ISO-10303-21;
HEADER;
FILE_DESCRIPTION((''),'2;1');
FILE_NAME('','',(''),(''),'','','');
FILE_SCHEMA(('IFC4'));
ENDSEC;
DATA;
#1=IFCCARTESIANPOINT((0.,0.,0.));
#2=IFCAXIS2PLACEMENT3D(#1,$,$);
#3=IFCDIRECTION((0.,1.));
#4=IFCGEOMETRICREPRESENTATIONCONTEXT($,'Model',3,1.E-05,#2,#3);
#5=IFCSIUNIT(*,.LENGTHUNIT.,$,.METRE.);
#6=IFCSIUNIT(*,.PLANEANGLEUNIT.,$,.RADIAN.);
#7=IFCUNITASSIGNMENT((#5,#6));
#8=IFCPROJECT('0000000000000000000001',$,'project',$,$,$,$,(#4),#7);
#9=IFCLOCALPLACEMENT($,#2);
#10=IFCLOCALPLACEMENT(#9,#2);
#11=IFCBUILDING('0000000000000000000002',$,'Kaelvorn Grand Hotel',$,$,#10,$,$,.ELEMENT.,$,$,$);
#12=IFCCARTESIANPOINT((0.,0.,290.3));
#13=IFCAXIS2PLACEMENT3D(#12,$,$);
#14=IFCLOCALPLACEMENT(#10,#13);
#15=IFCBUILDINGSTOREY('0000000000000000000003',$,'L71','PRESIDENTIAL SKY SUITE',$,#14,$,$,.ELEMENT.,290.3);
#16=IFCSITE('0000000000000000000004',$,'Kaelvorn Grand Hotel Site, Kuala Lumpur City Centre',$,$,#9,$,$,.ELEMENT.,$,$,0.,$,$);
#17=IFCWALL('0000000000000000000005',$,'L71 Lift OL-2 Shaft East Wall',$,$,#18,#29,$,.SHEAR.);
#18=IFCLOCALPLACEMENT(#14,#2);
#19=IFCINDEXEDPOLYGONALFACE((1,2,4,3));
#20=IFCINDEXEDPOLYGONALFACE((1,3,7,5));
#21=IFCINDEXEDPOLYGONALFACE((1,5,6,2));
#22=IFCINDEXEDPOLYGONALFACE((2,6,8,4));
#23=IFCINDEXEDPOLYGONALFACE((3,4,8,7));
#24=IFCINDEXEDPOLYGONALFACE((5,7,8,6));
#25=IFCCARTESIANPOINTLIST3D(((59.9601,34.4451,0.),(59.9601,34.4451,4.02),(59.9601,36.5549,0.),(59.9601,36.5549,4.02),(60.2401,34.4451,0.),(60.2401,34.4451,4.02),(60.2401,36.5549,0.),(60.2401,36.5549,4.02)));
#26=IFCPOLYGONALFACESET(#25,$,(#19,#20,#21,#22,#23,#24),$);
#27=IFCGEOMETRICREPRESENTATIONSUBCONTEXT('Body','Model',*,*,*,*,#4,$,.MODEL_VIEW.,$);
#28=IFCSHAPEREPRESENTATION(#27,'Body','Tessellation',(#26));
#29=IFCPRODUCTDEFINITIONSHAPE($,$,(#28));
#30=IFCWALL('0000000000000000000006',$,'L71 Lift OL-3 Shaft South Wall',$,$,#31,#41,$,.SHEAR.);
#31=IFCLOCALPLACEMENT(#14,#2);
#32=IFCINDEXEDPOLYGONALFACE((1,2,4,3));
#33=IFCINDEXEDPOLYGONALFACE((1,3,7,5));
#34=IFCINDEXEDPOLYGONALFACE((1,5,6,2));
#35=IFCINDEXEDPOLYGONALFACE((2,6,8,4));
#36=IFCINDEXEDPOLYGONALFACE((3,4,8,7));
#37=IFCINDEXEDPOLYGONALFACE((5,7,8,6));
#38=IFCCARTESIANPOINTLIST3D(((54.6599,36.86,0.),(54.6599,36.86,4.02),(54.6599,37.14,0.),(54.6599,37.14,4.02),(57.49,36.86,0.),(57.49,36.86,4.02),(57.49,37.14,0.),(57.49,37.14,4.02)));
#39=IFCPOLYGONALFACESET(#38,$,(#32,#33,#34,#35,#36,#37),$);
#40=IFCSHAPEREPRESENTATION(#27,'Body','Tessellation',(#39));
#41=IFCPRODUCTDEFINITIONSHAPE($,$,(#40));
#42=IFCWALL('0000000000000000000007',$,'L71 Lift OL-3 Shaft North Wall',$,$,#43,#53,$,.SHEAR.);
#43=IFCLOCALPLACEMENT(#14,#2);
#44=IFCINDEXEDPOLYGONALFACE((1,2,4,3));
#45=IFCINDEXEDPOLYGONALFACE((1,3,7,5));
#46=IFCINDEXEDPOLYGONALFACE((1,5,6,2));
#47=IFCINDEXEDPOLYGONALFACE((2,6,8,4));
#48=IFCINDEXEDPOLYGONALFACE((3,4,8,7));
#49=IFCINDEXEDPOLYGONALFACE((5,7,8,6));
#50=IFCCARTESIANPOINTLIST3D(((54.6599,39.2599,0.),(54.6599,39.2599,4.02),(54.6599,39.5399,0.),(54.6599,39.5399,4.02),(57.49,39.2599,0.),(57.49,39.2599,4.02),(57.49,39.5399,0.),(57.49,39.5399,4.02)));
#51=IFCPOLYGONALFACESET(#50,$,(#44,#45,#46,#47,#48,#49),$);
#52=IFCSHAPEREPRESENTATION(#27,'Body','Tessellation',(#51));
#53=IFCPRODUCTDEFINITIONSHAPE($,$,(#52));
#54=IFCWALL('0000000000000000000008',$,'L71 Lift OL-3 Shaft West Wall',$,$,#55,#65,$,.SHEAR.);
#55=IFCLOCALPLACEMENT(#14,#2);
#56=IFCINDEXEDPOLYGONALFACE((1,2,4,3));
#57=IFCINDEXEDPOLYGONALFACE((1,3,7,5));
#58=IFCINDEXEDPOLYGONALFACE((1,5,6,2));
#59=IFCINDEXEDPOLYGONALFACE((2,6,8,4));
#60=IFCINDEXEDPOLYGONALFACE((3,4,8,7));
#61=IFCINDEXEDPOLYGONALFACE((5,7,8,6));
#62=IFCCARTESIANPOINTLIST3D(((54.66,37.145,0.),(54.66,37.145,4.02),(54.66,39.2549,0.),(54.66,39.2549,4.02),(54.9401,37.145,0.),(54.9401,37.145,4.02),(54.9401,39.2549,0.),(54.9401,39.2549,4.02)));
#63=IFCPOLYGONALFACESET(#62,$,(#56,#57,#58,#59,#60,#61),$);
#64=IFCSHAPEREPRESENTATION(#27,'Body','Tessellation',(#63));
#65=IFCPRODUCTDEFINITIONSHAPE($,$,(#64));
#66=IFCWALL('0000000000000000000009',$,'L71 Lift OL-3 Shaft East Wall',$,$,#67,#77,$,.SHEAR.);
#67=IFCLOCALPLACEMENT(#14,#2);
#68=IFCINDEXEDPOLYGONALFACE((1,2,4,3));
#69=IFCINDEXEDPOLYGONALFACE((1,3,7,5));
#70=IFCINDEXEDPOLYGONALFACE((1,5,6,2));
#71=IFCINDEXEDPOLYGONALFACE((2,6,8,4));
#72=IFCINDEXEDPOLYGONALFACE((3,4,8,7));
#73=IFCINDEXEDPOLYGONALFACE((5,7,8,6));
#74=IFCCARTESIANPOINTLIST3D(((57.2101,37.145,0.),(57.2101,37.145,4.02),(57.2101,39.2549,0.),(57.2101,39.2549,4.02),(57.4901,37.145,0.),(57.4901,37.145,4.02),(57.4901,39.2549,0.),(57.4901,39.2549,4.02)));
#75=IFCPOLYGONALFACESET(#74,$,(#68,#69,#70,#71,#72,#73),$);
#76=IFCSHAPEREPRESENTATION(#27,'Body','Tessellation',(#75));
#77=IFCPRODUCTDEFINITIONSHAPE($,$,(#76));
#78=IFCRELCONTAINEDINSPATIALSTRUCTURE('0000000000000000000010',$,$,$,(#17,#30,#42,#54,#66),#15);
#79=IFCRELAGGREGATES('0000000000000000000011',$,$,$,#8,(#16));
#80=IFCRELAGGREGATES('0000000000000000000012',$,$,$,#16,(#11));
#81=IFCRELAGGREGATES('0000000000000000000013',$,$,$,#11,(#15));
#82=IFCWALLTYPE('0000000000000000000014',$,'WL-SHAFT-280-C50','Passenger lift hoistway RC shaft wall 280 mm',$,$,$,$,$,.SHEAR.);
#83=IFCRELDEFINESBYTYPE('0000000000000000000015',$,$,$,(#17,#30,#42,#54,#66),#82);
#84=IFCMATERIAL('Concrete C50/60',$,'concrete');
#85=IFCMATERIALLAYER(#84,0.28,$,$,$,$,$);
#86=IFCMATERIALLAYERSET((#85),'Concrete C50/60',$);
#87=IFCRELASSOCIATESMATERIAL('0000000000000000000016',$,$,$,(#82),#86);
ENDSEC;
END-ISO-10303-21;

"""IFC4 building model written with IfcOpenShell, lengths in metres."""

from ifc_helpers import new_model, si_unit, direction, frame, frame_2d, origin, place, context, subcontext, project, spatial, rectangle, extrude, material, layer, layer_set, type_object, element, save


model = new_model("IFC4")

# Units and contexts
model_context = context("Model", 3, precision=1e-05, world=origin(), true_north=direction((0.0, 1.0)))
body_context = subcontext(model_context, "Body", "Model", "MODEL_VIEW")
ifc_project = project(units=[si_unit("LENGTHUNIT", "METRE"), si_unit("PLANEANGLEUNIT", "RADIAN")], contexts=[model_context])

# Site, building, storey
site_placement = place(None, origin())
site = spatial("IfcSite", under=ifc_project, at=site_placement, Name="Kaelvorn Grand Hotel Site, Kuala Lumpur City Centre", CompositionType="ELEMENT", RefElevation=0.0)
building_placement = place(site_placement, origin())
building = spatial("IfcBuilding", under=site, at=building_placement, Name="Kaelvorn Grand Hotel", CompositionType="ELEMENT")
storey_placement = place(building_placement, frame((0.0, 0.0, 290.3)))
storey = spatial("IfcBuildingStorey", under=building, at=storey_placement, Name="L71", Description="PRESIDENTIAL SKY SUITE", CompositionType="ELEMENT", Elevation=290.3)

# Shared definitions
ifc_material_1 = material(Name="Concrete C50/60", Category="concrete")

# Walls
ifc_layer_1 = layer(ifc_material_1, 0.28)
ifc_layer_set_1 = layer_set([ifc_layer_1], Name="Concrete C50/60")
wall_type_1 = type_object("IfcWallType", Name="WL-SHAFT-280-C50", Description="Passenger lift hoistway RC shaft wall 280 mm", PredefinedType="SHEAR", material=ifc_layer_set_1)
wall_1_placement = place(storey_placement, frame((60.1001, 34.4451, 0.0), z_axis=(0.0, 0.0, 1.0), x_axis=(0.0, 1.0, 0.0)))
element("IfcWall", 1, at=wall_1_placement, inside=storey, type_object=wall_type_1, Name="L71 Lift OL-2 Shaft East Wall", PredefinedType="SHEAR", context=body_context, shape_type="SweptSolid", body=[
    extrude(rectangle(XDim=2.1099, YDim=0.28, at=frame_2d((1.0549, 0.0))), origin(), (0.0, 0.0, 1.0), 4.02),
])
for number, where, z_axis, x_axis, name in (
    (2, (54.6599, 37.0, 0.0), (0.0, 0.0, 1.0), (1.0, 0.0, 0.0), "L71 Lift OL-3 Shaft South Wall"),
    (3, (54.6599, 39.3999, 0.0), (0.0, 0.0, 1.0), (1.0, 0.0, 0.0), "L71 Lift OL-3 Shaft North Wall"),
):
    element("IfcWall", number, at=place(storey_placement, frame(where, z_axis=z_axis, x_axis=x_axis)), inside=storey, type_object=wall_type_1, Name=name, PredefinedType="SHEAR", context=body_context, shape_type="SweptSolid", body=[
        extrude(rectangle(XDim=2.8301, YDim=0.28, at=frame_2d((1.415, 0.0))), origin(), (0.0, 0.0, 1.0), 4.02),
    ])
for number, where, z_axis, x_axis, name in (
    (4, (54.8, 37.145, 0.0), (0.0, 0.0, 1.0), (0.0, 1.0, 0.0), "L71 Lift OL-3 Shaft West Wall"),
    (5, (57.3501, 37.145, 0.0), (0.0, 0.0, 1.0), (0.0, 1.0, 0.0), "L71 Lift OL-3 Shaft East Wall"),
):
    element("IfcWall", number, at=place(storey_placement, frame(where, z_axis=z_axis, x_axis=x_axis)), inside=storey, type_object=wall_type_1, Name=name, PredefinedType="SHEAR", context=body_context, shape_type="SweptSolid", body=[
        extrude(rectangle(XDim=2.1099, YDim=0.28, at=frame_2d((1.0549, 0.0))), origin(), (0.0, 0.0, 1.0), 4.02),
    ])

save(model, "model.ifc")
